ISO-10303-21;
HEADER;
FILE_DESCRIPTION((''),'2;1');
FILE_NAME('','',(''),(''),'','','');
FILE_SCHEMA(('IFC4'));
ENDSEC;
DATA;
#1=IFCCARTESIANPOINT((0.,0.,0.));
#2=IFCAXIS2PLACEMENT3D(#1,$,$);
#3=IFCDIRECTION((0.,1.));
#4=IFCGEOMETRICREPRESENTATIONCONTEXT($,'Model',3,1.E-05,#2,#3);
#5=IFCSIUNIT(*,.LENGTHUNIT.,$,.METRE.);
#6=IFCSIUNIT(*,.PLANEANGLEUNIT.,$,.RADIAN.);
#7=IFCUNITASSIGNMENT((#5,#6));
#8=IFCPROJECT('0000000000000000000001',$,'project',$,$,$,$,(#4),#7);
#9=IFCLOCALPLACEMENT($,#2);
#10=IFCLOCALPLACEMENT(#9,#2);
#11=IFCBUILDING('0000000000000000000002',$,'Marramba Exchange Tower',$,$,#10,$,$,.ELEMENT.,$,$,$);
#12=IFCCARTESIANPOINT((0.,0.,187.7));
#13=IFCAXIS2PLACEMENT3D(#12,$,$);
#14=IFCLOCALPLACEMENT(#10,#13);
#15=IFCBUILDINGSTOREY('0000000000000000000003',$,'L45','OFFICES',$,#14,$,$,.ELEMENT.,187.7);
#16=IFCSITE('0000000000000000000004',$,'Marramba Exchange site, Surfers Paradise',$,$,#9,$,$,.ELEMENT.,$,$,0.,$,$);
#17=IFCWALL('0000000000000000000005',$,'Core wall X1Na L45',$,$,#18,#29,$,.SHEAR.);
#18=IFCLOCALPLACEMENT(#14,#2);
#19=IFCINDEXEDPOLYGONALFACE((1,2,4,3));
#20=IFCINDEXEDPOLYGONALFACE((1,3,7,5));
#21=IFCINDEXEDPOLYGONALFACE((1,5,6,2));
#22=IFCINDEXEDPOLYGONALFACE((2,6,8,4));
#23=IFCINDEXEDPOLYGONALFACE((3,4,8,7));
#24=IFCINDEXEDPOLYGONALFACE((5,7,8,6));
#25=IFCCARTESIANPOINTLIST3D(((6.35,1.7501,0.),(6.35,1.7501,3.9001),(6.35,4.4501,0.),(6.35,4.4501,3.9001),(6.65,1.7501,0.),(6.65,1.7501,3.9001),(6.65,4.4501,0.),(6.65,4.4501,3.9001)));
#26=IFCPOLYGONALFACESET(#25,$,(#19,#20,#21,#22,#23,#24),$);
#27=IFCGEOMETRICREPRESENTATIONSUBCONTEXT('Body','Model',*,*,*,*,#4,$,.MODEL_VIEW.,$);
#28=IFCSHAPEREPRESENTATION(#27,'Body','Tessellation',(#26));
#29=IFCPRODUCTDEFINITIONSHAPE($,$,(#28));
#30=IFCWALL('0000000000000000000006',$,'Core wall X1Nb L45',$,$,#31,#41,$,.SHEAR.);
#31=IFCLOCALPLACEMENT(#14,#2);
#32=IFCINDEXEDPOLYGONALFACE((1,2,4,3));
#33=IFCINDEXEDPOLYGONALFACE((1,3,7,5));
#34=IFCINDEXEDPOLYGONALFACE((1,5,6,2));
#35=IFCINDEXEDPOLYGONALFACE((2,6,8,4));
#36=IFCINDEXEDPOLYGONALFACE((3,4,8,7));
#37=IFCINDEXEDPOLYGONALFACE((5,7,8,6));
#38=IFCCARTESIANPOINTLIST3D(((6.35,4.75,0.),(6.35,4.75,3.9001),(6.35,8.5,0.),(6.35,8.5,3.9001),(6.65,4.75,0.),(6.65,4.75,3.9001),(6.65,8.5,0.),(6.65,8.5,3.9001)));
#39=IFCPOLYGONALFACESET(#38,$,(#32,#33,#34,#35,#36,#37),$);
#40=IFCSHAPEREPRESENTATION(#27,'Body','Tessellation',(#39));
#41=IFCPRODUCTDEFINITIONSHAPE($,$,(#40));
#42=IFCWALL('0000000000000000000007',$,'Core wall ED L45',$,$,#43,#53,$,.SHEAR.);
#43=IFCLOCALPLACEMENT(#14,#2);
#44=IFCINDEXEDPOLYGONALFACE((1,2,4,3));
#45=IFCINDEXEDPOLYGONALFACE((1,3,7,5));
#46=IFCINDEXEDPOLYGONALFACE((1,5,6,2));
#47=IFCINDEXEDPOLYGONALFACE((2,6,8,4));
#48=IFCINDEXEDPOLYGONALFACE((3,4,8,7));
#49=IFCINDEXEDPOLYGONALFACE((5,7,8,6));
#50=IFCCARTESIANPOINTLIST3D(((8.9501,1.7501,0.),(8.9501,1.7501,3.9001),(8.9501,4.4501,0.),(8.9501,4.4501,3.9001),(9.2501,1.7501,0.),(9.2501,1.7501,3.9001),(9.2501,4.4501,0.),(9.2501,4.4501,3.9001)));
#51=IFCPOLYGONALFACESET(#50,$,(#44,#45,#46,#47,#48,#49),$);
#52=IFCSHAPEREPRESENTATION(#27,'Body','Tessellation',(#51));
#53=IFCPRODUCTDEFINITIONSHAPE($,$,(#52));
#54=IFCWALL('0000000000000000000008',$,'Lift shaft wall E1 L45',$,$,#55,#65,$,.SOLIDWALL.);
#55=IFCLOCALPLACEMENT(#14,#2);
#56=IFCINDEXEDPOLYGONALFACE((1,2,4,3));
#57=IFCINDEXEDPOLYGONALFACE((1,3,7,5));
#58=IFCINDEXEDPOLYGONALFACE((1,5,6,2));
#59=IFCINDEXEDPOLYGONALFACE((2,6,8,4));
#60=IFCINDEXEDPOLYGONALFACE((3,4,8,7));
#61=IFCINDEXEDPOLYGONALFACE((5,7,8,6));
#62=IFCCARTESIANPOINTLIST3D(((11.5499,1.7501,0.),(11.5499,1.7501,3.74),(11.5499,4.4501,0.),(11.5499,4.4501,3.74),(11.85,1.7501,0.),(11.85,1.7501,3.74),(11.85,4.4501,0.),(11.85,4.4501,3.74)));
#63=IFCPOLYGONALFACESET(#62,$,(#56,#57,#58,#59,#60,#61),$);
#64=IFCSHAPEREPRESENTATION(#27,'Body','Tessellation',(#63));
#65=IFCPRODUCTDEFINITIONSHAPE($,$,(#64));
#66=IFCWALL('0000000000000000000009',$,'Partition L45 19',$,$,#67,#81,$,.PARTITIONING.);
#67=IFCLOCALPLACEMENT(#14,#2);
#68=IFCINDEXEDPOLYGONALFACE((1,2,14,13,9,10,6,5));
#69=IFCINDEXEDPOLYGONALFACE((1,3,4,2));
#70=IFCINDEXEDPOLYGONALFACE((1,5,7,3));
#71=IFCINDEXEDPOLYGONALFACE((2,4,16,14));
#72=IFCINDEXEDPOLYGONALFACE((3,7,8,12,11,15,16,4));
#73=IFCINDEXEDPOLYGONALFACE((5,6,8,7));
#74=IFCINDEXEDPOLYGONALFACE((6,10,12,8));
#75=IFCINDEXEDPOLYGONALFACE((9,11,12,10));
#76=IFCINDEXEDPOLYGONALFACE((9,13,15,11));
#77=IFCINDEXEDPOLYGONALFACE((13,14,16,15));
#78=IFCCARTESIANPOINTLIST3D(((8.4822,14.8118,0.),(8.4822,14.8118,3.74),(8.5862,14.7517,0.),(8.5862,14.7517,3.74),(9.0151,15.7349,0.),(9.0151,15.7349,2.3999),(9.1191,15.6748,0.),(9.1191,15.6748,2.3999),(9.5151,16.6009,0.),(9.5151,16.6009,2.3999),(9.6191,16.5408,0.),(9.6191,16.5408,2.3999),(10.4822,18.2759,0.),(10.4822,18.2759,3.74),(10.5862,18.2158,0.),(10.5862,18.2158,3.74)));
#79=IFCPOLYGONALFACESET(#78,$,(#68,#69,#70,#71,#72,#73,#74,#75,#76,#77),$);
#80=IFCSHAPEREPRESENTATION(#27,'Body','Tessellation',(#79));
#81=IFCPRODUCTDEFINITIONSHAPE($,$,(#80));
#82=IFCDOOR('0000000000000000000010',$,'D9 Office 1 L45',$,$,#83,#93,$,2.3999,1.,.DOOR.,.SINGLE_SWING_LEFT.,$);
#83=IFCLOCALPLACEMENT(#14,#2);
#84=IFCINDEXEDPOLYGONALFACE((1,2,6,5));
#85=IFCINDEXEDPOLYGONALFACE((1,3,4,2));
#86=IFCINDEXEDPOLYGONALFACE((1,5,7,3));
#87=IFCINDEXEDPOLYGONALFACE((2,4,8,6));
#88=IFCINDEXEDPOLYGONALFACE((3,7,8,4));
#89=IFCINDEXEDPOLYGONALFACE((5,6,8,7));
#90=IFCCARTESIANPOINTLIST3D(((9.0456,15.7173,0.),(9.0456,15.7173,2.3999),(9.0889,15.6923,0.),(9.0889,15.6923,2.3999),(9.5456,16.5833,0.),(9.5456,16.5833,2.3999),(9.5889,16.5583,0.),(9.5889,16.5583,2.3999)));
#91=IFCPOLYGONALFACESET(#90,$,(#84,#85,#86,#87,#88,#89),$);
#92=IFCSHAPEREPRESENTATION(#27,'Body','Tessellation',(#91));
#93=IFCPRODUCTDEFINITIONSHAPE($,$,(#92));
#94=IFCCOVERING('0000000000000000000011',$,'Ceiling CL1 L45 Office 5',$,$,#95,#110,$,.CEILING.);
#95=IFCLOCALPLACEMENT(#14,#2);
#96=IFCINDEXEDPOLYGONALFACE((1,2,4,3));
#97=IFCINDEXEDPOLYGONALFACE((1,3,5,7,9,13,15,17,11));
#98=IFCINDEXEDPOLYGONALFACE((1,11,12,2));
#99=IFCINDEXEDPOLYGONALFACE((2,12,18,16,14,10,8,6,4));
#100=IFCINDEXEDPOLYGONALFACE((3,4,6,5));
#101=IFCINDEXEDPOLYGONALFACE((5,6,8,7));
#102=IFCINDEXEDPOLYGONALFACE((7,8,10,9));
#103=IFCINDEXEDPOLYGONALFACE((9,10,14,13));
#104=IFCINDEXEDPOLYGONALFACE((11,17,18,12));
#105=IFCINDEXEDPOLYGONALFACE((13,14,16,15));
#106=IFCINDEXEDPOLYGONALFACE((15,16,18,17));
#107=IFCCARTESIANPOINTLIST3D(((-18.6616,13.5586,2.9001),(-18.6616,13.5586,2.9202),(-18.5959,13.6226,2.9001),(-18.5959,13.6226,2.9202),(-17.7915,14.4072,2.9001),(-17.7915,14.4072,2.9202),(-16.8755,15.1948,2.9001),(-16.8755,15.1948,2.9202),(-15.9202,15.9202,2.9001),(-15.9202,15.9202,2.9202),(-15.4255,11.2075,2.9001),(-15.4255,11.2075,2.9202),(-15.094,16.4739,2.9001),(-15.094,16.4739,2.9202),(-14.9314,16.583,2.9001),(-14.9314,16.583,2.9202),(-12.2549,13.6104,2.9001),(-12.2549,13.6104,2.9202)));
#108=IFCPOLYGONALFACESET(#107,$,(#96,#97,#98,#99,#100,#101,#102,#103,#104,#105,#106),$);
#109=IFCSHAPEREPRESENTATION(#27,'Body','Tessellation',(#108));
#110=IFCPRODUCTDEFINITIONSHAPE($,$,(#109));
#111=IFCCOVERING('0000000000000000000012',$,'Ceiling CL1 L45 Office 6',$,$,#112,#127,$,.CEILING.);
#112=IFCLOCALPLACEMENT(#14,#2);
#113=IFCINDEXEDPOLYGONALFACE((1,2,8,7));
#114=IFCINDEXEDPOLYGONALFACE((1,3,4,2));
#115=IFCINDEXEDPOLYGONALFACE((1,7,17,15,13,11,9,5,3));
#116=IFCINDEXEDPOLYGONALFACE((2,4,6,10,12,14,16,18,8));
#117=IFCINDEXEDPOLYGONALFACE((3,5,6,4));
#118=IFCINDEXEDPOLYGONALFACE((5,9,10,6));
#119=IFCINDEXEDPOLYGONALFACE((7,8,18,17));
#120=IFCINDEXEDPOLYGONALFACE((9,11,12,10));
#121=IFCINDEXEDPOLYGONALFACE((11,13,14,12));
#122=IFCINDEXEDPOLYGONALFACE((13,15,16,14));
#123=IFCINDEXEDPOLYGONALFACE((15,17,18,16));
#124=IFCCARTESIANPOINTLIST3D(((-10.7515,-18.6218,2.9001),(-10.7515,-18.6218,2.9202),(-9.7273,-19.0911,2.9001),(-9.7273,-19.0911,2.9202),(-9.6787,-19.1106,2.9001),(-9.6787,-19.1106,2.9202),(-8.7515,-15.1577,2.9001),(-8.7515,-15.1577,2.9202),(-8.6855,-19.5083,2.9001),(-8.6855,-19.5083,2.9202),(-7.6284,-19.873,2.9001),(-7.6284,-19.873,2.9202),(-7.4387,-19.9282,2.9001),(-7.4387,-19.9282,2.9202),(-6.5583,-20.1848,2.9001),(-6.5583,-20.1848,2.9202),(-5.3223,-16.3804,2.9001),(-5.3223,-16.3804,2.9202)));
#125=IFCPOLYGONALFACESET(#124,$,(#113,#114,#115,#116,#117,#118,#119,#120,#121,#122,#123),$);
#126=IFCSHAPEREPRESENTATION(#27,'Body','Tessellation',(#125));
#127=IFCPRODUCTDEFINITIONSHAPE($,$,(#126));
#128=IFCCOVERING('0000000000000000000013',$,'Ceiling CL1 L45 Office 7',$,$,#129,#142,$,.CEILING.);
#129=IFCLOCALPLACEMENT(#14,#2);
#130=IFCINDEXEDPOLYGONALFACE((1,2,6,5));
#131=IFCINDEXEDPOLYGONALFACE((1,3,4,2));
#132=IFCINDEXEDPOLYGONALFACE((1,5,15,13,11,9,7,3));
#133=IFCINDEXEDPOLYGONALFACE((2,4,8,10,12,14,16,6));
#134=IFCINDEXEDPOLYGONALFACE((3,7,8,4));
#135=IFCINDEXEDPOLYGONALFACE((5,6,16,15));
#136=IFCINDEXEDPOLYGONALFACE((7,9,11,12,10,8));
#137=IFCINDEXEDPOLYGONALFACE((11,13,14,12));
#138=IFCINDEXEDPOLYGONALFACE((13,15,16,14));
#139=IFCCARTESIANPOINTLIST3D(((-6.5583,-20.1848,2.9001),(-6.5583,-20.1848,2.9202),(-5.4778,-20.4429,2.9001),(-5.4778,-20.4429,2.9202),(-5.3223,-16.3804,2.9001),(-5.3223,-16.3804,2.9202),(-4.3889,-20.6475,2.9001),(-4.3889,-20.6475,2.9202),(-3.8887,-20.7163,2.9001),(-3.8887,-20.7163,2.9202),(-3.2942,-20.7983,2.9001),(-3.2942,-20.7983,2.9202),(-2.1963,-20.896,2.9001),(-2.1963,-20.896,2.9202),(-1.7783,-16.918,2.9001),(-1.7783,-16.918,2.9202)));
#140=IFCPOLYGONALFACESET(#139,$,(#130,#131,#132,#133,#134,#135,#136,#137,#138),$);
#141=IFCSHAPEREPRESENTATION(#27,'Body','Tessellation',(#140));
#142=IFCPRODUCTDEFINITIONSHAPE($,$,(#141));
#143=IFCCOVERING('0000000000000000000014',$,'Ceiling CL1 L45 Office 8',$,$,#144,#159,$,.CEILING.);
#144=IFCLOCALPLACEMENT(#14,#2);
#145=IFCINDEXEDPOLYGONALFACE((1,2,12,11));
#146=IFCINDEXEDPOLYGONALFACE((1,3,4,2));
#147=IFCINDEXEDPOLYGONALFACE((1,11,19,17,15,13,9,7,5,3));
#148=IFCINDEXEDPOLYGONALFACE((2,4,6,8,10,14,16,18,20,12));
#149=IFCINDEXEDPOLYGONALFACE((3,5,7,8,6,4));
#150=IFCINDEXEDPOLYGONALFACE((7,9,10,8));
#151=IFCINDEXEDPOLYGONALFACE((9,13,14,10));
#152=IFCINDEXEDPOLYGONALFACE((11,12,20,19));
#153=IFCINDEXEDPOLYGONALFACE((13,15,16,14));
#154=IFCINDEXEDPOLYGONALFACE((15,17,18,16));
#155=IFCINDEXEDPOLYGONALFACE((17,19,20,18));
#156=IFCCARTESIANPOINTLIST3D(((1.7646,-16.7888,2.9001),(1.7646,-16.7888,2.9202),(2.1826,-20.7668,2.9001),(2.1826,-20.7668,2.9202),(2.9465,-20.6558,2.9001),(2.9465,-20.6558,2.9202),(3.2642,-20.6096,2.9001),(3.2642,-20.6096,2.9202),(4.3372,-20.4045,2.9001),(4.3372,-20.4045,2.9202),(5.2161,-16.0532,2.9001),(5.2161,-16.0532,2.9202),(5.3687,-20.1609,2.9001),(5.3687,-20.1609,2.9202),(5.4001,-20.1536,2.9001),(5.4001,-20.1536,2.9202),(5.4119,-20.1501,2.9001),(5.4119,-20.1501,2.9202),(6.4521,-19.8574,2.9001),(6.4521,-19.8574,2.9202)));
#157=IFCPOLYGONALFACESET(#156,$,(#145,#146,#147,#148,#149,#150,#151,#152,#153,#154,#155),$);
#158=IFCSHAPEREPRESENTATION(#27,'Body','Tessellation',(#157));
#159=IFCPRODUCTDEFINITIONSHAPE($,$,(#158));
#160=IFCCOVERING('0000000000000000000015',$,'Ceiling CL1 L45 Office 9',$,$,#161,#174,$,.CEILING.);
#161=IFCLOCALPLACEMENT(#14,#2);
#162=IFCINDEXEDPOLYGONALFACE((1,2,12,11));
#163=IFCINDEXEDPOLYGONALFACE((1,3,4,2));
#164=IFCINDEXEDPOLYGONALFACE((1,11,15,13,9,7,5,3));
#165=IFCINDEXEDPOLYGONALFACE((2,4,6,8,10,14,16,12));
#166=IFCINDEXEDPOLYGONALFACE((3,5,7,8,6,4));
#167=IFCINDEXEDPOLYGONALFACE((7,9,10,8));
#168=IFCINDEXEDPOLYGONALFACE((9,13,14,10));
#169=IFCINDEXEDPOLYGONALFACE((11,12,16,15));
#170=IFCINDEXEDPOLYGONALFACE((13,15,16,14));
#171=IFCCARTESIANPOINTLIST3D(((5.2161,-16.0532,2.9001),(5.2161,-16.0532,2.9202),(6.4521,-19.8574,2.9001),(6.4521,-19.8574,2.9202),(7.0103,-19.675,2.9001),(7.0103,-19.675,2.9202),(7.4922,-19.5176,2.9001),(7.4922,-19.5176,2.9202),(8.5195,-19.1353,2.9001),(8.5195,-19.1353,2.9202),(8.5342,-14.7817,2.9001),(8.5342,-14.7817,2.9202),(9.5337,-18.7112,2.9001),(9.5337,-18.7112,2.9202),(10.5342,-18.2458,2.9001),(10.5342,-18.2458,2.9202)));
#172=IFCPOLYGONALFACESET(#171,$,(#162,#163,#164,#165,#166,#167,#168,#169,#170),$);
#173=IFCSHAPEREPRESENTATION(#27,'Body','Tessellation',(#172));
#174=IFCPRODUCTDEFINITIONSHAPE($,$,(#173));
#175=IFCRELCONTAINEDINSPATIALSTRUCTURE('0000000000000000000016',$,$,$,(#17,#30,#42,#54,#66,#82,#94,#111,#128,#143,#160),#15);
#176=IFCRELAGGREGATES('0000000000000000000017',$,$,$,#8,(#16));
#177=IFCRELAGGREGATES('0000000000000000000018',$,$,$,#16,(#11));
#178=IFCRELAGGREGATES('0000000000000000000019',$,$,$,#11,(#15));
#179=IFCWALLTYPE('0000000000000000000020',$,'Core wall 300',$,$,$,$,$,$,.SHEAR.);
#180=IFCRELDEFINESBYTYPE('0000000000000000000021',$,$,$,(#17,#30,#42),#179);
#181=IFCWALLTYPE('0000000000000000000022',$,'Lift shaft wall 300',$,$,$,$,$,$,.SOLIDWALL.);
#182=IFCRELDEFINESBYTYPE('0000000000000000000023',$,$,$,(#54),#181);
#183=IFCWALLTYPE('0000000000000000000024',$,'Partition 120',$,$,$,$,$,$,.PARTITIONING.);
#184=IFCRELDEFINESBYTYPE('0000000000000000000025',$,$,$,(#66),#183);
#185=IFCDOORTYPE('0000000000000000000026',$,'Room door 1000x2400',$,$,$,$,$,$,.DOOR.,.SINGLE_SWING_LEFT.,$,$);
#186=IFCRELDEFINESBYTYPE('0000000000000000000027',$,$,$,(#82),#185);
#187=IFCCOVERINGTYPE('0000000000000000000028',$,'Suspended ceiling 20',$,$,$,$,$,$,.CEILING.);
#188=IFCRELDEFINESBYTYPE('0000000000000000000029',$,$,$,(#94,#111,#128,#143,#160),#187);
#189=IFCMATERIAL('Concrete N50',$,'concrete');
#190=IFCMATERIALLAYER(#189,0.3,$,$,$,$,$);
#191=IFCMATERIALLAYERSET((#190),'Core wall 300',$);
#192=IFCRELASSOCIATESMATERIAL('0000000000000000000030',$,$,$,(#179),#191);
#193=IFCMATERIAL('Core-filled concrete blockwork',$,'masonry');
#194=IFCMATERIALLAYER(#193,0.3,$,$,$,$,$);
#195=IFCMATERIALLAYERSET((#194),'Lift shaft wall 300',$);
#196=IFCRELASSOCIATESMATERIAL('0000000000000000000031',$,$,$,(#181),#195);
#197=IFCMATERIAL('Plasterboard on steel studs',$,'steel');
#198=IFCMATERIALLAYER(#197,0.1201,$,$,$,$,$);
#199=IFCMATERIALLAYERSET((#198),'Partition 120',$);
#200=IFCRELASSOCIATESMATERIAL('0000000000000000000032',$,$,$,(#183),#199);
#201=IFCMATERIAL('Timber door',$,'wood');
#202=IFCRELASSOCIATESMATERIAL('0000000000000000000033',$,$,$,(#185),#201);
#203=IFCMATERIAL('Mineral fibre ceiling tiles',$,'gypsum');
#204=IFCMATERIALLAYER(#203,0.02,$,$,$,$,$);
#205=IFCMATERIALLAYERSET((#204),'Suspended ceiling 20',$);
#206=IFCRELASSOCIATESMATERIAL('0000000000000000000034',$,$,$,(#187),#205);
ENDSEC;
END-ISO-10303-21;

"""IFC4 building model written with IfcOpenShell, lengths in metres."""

from ifc_helpers import new_model, si_unit, direction, frame, frame_2d, origin, place, context, subcontext, project, spatial, polyline, rectangle, outline, extrude, material, layer, layer_set, type_object, element, fill, save


model = new_model("IFC4")

# Units and contexts
model_context = context("Model", 3, precision=1e-05, world=origin(), true_north=direction((0.0, 1.0)))
body_context = subcontext(model_context, "Body", "Model", "MODEL_VIEW")
ifc_project = project(units=[si_unit("LENGTHUNIT", "METRE"), si_unit("PLANEANGLEUNIT", "RADIAN")], contexts=[model_context])

# Site, building, storey
site_placement = place(None, origin())
site = spatial("IfcSite", under=ifc_project, at=site_placement, Name="Marramba Exchange site, Surfers Paradise", CompositionType="ELEMENT", RefElevation=0.0)
building_placement = place(site_placement, origin())
building = spatial("IfcBuilding", under=site, at=building_placement, Name="Marramba Exchange Tower", CompositionType="ELEMENT")
storey_placement = place(building_placement, frame((0.0, 0.0, 187.7)))
storey = spatial("IfcBuildingStorey", under=building, at=storey_placement, Name="L45", Description="OFFICES", CompositionType="ELEMENT", Elevation=187.7)

# Walls
ifc_material_1 = material(Name="Concrete N50", Category="concrete")
ifc_layer_1 = layer(ifc_material_1, 0.3)
ifc_layer_set_1 = layer_set([ifc_layer_1], Name="Core wall 300")
wall_type_1 = type_object("IfcWallType", Name="Core wall 300", PredefinedType="SHEAR", material=ifc_layer_set_1)
wall_1_placement = place(storey_placement, frame((6.5, 1.75, 0.0), z_axis=(0.0, 0.0, 1.0), x_axis=(0.0, 1.0, 0.0)))
element("IfcWall", 1, at=wall_1_placement, inside=storey, type_object=wall_type_1, Name="Core wall X1Na L45", PredefinedType="SHEAR", context=body_context, shape_type="SweptSolid", body=[
    extrude(rectangle(XDim=2.7, YDim=0.3, at=frame_2d((1.3501, 0.0))), origin(), (0.0, 0.0, 1.0), 3.9001),
])
wall_2_placement = place(storey_placement, frame((6.5, 4.75, 0.0), z_axis=(0.0, 0.0, 1.0), x_axis=(0.0, 1.0, 0.0)))
element("IfcWall", 2, at=wall_2_placement, inside=storey, type_object=wall_type_1, Name="Core wall X1Nb L45", PredefinedType="SHEAR", context=body_context, shape_type="SweptSolid", body=[
    extrude(rectangle(XDim=3.75, YDim=0.3, at=frame_2d((1.875, 0.0))), origin(), (0.0, 0.0, 1.0), 3.9001),
])
wall_3_placement = place(storey_placement, frame((9.1001, 1.75, 0.0), z_axis=(0.0, 0.0, 1.0), x_axis=(0.0, 1.0, 0.0)))
element("IfcWall", 3, at=wall_3_placement, inside=storey, type_object=wall_type_1, Name="Core wall ED L45", PredefinedType="SHEAR", context=body_context, shape_type="SweptSolid", body=[
    extrude(rectangle(XDim=2.7, YDim=0.3, at=frame_2d((1.3501, 0.0))), origin(), (0.0, 0.0, 1.0), 3.9001),
])
ifc_material_2 = material(Name="Core-filled concrete blockwork", Category="masonry")
ifc_layer_2 = layer(ifc_material_2, 0.3)
ifc_layer_set_2 = layer_set([ifc_layer_2], Name="Lift shaft wall 300")
wall_type_2 = type_object("IfcWallType", Name="Lift shaft wall 300", PredefinedType="SOLIDWALL", material=ifc_layer_set_2)
wall_4_placement = place(storey_placement, frame((11.7, 1.75, 0.0), z_axis=(0.0, 0.0, 1.0), x_axis=(0.0, 1.0, 0.0)))
element("IfcWall", 4, at=wall_4_placement, inside=storey, type_object=wall_type_2, Name="Lift shaft wall E1 L45", PredefinedType="SOLIDWALL", context=body_context, shape_type="SweptSolid", body=[
    extrude(rectangle(XDim=2.7, YDim=0.3, at=frame_2d((1.3501, 0.0))), origin(), (0.0, 0.0, 1.0), 3.74),
])

# Wall, opening, door
ifc_material_3 = material(Name="Plasterboard on steel studs", Category="steel")
ifc_layer_3 = layer(ifc_material_3, 0.1201)
ifc_layer_set_3 = layer_set([ifc_layer_3], Name="Partition 120")
wall_type_3 = type_object("IfcWallType", Name="Partition 120", PredefinedType="PARTITIONING", material=ifc_layer_set_3)
wall_5_placement = place(storey_placement, frame((8.5342, 14.7817, 0.0), z_axis=(0.0, 0.0, 1.0), x_axis=(0.499999, 0.866026, 0.0)))
wall_5 = element("IfcWall", 5, at=wall_5_placement, inside=storey, type_object=wall_type_3, Name="Partition L45 19", PredefinedType="PARTITIONING", context=body_context, shape_type="SweptSolid", body=[
    extrude(rectangle(XDim=4.0, YDim=0.1201, at=frame_2d((2.0, 0.0))), origin(), (0.0, 0.0, 1.0), 3.74),
])
opening_placement = place(wall_5_placement, frame((1.0659, 0.0, 0.0)))
opening = element("IfcOpeningElement", 6, at=opening_placement, cuts=wall_5, PredefinedType="OPENING", context=body_context, shape_type="SweptSolid", body=[
    extrude(rectangle(XDim=1.0, YDim=2.3999, at=frame_2d((0.5, 1.2))), frame((0.0, 0.0701, 0.0), z_axis=(0.0, -1.0, 0.0), x_axis=(1.0, 0.0, 0.0)), (0.0, 0.0, 1.0), 0.1401),
])
ifc_material_4 = material(Name="Timber door", Category="wood")
door_type = type_object("IfcDoorType", Name="Room door 1000x2400", OperationType="SINGLE_SWING_LEFT", PredefinedType="DOOR", material=ifc_material_4)
door_placement = place(opening_placement, origin())
door = element("IfcDoor", 7, at=door_placement, inside=storey, type_object=door_type, Name="D9 Office 1 L45", OperationType="SINGLE_SWING_LEFT", OverallHeight=2.3999, OverallWidth=1.0, PredefinedType="DOOR", context=body_context, shape_type="SweptSolid", body=[
    extrude(rectangle(XDim=1.0, YDim=2.3999, at=frame_2d((0.5, 1.2))), frame((0.0, 0.0249, 0.0), z_axis=(0.0, -1.0, 0.0), x_axis=(1.0, 0.0, 0.0)), (0.0, 0.0, 1.0), 0.05),
])
fill(opening, door)

# Coverings
ifc_material_5 = material(Name="Mineral fibre ceiling tiles", Category="gypsum")
ifc_layer_4 = layer(ifc_material_5, 0.02)
ifc_layer_set_4 = layer_set([ifc_layer_4], Name="Suspended ceiling 20")
covering_type = type_object("IfcCoveringType", Name="Suspended ceiling 20", PredefinedType="CEILING", material=ifc_layer_set_4)
covering_1_placement = place(storey_placement, frame((0.0, 0.0, 2.9001)))
element("IfcCovering", 8, at=covering_1_placement, inside=storey, type_object=covering_type, Name="Ceiling CL1 L45 Office 5", PredefinedType="CEILING", context=body_context, shape_type="SweptSolid", body=[
    extrude(outline(polyline([(-18.5959, 13.6226), (-17.7915, 14.4072), (-16.8755, 15.1948), (-15.9202, 15.9202), (-15.094, 16.4739), (-14.9314, 16.583), (-14.9314, 16.583), (-12.2549, 13.6104), (-15.4255, 11.2075), (-18.6616, 13.5586), (-18.5959, 13.6226)])), origin(), (0.0, 0.0, 1.0), 0.02),
])
covering_2_placement = place(storey_placement, frame((0.0, 0.0, 2.9001)))
element("IfcCovering", 9, at=covering_2_placement, inside=storey, type_object=covering_type, Name="Ceiling CL1 L45 Office 6", PredefinedType="CEILING", context=body_context, shape_type="SweptSolid", body=[
    extrude(outline(polyline([(-7.4387, -19.9282), (-7.6284, -19.873), (-8.6855, -19.5083), (-9.6787, -19.1106), (-9.7273, -19.0911), (-10.7515, -18.6218), (-8.7515, -15.1577), (-5.3223, -16.3804), (-6.5583, -20.1848), (-7.4387, -19.9282)])), origin(), (0.0, 0.0, 1.0), 0.02),
])
covering_3_placement = place(storey_placement, frame((0.0, 0.0, 2.9001)))
element("IfcCovering", 10, at=covering_3_placement, inside=storey, type_object=covering_type, Name="Ceiling CL1 L45 Office 7", PredefinedType="CEILING", context=body_context, shape_type="SweptSolid", body=[
    extrude(outline(polyline([(-5.4778, -20.4429), (-6.5583, -20.1848), (-5.3223, -16.3804), (-1.7783, -16.918), (-2.1963, -20.896), (-3.2942, -20.7983), (-3.8887, -20.7163), (-4.3889, -20.6475), (-5.4778, -20.4429)])), origin(), (0.0, 0.0, 1.0), 0.02),
])
covering_4_placement = place(storey_placement, frame((0.0, 0.0, 2.9001)))
element("IfcCovering", 11, at=covering_4_placement, inside=storey, type_object=covering_type, Name="Ceiling CL1 L45 Office 8", PredefinedType="CEILING", context=body_context, shape_type="SweptSolid", body=[
    extrude(outline(polyline([(5.4119, -20.1501), (5.4001, -20.1536), (5.3687, -20.1609), (4.3372, -20.4045), (3.2642, -20.6096), (2.9465, -20.6558), (2.1826, -20.7668), (1.7646, -16.7888), (5.2161, -16.0532), (6.4521, -19.8574), (5.4119, -20.1501)])), origin(), (0.0, 0.0, 1.0), 0.02),
])
covering_5_placement = place(storey_placement, frame((0.0, 0.0, 2.9001)))
element("IfcCovering", 12, at=covering_5_placement, inside=storey, type_object=covering_type, Name="Ceiling CL1 L45 Office 9", PredefinedType="CEILING", context=body_context, shape_type="SweptSolid", body=[
    extrude(outline(polyline([(9.5337, -18.7112), (8.5195, -19.1353), (7.4922, -19.5176), (7.0103, -19.675), (6.4521, -19.8574), (5.2161, -16.0532), (8.5342, -14.7817), (10.5342, -18.2458), (9.5337, -18.7112)])), origin(), (0.0, 0.0, 1.0), 0.02),
])

save(model, "model.ifc")
